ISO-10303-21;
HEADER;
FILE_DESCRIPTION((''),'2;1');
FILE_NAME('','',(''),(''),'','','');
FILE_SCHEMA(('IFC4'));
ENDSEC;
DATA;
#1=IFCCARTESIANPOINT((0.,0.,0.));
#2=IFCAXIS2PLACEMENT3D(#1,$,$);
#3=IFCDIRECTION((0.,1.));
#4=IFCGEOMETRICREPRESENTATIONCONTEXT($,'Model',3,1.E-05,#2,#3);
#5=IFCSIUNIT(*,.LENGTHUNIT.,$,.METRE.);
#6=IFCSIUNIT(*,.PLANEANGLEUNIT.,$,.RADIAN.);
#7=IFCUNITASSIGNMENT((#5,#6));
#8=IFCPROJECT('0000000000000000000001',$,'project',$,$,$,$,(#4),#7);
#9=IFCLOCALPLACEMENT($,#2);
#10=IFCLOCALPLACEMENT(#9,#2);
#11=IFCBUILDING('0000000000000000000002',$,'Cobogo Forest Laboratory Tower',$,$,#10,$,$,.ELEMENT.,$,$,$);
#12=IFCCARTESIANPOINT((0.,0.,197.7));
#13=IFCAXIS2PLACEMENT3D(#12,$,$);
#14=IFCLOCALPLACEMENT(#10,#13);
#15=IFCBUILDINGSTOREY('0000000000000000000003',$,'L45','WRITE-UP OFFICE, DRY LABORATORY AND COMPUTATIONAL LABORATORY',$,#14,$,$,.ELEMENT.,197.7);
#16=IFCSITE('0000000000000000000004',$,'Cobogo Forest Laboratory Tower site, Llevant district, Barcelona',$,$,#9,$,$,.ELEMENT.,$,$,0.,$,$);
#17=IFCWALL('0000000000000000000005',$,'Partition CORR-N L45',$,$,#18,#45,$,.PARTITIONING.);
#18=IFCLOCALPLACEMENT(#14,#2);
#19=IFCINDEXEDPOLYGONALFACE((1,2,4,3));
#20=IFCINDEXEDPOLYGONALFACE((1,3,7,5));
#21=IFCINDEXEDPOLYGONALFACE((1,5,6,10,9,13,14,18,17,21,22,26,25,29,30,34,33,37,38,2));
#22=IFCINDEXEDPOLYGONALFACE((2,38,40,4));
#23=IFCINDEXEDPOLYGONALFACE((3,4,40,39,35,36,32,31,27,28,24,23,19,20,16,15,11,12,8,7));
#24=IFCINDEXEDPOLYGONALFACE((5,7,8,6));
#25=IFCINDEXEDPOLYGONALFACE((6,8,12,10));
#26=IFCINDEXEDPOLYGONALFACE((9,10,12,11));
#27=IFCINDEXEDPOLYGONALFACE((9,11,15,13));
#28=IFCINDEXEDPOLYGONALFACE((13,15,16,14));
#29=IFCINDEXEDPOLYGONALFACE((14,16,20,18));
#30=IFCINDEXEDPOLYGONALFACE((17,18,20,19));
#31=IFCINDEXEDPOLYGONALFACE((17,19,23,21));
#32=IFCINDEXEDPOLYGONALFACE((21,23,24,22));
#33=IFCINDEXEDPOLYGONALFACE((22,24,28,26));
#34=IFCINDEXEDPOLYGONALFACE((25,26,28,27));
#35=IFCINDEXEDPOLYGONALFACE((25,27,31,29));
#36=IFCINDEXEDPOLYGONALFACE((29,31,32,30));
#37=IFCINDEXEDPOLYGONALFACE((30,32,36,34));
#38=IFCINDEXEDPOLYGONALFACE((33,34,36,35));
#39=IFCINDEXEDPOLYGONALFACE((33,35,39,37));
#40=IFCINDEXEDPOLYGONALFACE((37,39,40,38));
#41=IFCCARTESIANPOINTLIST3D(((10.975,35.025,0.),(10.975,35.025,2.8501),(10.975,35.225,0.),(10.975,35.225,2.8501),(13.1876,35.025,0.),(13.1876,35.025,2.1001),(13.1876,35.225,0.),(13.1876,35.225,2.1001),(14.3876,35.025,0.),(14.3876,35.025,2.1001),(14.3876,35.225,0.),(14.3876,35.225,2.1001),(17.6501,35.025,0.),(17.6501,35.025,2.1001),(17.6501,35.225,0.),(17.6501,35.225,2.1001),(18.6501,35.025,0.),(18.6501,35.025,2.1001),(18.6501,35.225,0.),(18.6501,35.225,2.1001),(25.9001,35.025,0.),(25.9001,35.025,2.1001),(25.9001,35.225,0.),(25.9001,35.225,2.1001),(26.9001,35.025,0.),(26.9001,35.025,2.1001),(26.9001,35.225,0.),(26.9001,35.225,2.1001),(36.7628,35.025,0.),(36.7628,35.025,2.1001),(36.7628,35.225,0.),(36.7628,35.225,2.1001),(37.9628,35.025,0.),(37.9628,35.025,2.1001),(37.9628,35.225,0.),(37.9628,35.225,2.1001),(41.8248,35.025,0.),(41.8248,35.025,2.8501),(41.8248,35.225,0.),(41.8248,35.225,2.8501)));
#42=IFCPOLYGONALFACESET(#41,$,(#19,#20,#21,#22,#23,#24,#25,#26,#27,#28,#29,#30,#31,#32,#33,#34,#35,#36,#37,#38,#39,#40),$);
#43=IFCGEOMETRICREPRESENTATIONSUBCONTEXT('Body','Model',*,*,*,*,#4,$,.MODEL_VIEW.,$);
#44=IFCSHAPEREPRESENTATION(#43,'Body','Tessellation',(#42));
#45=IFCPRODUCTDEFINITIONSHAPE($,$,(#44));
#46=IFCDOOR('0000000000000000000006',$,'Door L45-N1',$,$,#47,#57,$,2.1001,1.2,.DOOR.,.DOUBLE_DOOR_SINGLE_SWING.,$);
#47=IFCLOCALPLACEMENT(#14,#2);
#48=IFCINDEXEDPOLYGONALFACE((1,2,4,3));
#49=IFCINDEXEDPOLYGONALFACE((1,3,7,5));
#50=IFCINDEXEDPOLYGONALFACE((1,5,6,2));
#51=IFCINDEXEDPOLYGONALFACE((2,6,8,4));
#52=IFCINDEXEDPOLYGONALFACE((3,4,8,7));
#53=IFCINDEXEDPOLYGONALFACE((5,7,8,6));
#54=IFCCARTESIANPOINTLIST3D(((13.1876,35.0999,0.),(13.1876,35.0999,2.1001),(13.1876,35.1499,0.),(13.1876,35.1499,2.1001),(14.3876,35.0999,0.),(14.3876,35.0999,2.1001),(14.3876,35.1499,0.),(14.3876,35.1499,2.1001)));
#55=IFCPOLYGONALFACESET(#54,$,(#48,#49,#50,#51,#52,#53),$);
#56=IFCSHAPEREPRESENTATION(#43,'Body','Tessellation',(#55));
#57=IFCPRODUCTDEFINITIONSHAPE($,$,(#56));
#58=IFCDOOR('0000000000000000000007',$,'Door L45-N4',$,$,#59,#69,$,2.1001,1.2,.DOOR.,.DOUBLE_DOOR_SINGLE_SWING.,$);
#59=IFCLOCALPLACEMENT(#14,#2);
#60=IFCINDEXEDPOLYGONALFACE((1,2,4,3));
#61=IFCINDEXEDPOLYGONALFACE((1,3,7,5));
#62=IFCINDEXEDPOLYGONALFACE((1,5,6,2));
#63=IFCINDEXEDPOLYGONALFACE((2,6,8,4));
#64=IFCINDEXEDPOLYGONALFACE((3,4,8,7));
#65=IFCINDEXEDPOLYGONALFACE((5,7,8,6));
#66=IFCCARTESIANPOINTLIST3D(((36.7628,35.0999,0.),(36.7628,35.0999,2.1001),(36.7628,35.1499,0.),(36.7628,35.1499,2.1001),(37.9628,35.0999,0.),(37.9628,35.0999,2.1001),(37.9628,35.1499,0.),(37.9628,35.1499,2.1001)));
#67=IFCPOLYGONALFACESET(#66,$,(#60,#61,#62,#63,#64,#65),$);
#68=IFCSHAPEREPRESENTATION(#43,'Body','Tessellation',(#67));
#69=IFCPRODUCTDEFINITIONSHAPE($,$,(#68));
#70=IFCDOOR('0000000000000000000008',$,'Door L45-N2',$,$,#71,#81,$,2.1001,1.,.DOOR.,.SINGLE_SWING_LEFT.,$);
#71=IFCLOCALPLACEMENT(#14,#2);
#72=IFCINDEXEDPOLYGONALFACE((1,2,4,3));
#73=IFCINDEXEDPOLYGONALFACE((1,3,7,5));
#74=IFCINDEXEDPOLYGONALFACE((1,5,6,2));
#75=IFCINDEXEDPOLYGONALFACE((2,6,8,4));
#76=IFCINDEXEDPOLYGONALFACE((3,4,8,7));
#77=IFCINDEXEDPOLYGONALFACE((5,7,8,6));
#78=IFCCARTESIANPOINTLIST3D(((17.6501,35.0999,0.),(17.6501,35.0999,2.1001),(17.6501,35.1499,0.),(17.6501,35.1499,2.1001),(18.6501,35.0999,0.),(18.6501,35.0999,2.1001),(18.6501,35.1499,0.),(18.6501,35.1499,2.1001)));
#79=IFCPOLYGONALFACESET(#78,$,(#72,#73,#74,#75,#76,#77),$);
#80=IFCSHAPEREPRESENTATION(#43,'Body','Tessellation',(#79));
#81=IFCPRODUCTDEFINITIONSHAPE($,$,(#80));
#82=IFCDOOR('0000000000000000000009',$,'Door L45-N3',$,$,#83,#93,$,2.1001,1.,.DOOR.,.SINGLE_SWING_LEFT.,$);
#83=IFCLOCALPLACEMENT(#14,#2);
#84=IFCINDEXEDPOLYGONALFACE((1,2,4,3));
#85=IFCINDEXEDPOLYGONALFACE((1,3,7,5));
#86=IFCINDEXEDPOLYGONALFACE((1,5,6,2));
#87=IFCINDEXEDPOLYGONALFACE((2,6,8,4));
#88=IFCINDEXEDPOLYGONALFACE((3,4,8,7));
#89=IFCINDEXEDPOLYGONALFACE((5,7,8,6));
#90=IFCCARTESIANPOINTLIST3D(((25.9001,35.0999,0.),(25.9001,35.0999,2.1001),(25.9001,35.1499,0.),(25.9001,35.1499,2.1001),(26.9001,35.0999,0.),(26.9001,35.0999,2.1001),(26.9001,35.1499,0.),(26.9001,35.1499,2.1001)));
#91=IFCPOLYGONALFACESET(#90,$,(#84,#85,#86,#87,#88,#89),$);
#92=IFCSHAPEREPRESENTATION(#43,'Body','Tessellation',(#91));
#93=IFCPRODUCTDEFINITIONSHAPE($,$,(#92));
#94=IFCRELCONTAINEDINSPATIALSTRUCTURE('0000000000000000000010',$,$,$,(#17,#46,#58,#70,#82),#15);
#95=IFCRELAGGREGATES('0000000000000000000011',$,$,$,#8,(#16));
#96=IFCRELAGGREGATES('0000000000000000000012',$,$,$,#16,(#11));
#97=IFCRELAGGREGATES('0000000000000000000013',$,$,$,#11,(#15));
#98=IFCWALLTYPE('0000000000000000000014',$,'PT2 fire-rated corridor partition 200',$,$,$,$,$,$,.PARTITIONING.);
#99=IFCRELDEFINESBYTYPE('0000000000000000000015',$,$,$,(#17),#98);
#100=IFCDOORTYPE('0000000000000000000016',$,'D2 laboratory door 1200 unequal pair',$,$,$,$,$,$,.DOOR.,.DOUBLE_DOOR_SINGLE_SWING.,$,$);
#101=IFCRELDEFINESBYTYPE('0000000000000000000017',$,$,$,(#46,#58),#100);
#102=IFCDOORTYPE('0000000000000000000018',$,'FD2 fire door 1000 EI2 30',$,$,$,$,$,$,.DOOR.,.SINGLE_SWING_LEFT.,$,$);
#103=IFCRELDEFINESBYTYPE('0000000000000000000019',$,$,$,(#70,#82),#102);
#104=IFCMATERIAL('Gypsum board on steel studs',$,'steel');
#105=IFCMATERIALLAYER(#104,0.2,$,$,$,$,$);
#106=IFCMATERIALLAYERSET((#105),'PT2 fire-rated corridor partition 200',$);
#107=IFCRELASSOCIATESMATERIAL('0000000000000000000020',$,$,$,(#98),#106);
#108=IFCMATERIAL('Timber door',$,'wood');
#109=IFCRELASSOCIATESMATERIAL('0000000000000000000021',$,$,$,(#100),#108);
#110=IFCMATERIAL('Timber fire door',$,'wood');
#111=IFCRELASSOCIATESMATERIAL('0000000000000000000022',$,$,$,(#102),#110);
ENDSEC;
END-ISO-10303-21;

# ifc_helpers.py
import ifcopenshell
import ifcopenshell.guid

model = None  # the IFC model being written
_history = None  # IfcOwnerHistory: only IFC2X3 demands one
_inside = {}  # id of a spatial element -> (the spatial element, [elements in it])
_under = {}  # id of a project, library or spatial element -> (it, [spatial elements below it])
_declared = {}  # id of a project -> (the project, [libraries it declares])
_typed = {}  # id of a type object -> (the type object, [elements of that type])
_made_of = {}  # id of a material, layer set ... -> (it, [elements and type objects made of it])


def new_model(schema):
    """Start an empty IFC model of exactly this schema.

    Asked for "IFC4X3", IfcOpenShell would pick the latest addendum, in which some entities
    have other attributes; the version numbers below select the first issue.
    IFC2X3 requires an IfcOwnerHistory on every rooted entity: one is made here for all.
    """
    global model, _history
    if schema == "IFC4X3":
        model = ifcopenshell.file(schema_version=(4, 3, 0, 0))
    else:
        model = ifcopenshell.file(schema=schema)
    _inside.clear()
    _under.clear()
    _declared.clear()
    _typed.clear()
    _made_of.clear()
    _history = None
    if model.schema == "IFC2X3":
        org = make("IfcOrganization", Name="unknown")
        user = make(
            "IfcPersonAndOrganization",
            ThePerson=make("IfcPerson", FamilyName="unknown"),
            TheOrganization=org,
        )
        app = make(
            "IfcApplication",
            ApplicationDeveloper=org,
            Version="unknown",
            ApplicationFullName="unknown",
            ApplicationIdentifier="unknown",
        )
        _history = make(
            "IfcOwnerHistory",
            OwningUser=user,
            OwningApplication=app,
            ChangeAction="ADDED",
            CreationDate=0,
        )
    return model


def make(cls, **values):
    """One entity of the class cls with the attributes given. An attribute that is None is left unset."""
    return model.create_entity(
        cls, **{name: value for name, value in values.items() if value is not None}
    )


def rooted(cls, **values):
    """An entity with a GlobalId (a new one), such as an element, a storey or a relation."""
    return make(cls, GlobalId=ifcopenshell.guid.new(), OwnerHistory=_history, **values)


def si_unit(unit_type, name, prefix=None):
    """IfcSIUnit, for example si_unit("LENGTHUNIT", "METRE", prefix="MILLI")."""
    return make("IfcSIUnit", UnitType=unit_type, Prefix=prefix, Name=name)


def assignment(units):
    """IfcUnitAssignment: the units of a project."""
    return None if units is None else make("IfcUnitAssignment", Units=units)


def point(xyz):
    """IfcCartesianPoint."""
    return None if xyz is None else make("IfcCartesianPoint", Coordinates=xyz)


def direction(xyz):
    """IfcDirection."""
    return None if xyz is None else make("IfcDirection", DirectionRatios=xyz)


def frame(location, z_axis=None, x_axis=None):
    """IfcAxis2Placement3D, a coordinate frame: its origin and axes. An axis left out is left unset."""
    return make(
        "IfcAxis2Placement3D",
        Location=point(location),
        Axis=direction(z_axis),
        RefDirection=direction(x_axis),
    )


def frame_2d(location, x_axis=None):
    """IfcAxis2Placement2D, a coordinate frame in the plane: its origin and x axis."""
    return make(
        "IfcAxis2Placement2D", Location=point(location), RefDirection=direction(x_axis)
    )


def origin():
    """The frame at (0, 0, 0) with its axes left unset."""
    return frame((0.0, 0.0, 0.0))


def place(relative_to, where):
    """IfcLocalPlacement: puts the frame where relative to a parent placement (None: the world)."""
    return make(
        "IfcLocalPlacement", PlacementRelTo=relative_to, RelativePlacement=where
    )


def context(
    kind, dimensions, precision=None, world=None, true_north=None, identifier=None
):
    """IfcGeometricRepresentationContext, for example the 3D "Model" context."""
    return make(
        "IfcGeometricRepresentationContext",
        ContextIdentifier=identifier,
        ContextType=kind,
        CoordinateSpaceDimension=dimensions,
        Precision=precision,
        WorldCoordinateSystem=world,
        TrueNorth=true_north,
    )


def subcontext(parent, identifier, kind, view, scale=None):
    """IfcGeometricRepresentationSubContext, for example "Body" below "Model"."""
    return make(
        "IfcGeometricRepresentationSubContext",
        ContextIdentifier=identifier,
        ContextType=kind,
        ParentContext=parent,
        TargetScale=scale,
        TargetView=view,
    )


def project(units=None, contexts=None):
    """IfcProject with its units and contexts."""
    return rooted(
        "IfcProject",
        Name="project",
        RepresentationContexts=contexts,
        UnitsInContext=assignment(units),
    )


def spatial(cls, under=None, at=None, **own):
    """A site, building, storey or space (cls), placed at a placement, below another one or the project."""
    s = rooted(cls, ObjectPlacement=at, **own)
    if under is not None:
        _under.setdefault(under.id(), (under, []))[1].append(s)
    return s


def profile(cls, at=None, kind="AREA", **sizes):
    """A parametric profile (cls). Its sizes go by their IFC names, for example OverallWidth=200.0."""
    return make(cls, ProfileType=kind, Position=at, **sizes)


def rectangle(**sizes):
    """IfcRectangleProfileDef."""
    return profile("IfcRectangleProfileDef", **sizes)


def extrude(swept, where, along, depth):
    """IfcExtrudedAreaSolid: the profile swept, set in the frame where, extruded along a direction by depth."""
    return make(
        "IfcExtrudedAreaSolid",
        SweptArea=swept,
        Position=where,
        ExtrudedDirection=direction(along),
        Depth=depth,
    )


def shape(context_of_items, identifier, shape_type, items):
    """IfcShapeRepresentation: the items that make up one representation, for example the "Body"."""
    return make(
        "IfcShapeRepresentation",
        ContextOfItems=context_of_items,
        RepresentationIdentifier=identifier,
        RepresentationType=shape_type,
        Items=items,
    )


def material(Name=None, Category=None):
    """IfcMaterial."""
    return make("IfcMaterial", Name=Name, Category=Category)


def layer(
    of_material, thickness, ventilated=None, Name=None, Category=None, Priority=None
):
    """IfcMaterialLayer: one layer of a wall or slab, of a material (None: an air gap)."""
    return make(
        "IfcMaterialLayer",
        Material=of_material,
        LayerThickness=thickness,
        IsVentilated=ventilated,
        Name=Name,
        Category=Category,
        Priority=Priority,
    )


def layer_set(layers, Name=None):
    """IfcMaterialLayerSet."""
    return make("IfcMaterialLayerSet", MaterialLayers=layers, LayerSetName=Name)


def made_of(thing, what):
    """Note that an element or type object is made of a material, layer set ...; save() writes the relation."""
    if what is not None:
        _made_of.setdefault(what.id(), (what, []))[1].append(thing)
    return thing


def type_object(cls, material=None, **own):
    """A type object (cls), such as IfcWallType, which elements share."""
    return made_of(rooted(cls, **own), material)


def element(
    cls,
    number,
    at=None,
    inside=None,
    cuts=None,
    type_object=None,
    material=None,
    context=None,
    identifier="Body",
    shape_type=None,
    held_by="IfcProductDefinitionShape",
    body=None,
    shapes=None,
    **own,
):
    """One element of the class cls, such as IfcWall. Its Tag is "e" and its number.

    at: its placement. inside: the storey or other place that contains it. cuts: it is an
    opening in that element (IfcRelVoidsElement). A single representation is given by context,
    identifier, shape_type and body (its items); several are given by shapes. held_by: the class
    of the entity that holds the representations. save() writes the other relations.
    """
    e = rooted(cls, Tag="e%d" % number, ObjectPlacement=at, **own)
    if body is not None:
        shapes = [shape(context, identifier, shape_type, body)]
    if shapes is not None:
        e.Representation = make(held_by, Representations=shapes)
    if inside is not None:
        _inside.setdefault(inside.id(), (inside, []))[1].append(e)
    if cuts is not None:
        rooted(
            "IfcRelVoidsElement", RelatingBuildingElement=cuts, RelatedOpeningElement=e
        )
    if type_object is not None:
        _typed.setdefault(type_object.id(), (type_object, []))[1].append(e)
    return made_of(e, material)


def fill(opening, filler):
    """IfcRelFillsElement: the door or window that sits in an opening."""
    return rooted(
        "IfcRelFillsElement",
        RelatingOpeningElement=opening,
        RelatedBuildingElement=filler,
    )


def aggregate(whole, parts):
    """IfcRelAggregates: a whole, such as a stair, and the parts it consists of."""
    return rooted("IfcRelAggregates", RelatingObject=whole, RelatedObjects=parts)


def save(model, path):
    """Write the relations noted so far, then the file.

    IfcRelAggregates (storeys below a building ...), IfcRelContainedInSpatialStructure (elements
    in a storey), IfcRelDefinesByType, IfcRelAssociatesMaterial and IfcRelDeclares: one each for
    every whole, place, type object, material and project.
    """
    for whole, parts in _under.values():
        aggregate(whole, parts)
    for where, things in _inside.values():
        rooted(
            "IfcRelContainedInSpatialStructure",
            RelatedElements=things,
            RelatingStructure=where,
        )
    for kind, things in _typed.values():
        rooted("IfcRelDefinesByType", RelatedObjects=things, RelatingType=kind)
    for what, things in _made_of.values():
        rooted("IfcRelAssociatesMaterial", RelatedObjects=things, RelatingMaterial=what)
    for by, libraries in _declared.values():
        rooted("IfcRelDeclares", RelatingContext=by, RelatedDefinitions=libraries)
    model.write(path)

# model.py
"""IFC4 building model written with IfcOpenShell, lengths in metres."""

from ifc_helpers import new_model, si_unit, direction, frame, frame_2d, origin, place, context, subcontext, project, spatial, rectangle, extrude, material, layer, layer_set, type_object, element, fill, save


model = new_model("IFC4")

# Units and contexts
model_context = context("Model", 3, precision=1e-05, world=origin(), true_north=direction((0.0, 1.0)))
body_context = subcontext(model_context, "Body", "Model", "MODEL_VIEW")
ifc_project = project(units=[si_unit("LENGTHUNIT", "METRE"), si_unit("PLANEANGLEUNIT", "RADIAN")], contexts=[model_context])

# Site, building, storey
site_placement = place(None, origin())
site = spatial("IfcSite", under=ifc_project, at=site_placement, Name="Cobogo Forest Laboratory Tower site, Llevant district, Barcelona", CompositionType="ELEMENT", RefElevation=0.0)
building_placement = place(site_placement, origin())
building = spatial("IfcBuilding", under=site, at=building_placement, Name="Cobogo Forest Laboratory Tower", CompositionType="ELEMENT")
storey_placement = place(building_placement, frame((0.0, 0.0, 197.7)))
storey = spatial("IfcBuildingStorey", under=building, at=storey_placement, Name="L45", Description="WRITE-UP OFFICE, DRY LABORATORY AND COMPUTATIONAL LABORATORY", CompositionType="ELEMENT", Elevation=197.7)

# Shared definitions
ifc_material_1 = material(Name="Gypsum board on steel studs", Category="steel")

# Wall, openings, doors
ifc_layer_1 = layer(ifc_material_1, 0.2)
ifc_layer_set_1 = layer_set([ifc_layer_1], Name="PT2 fire-rated corridor partition 200")
wall_type_1 = type_object("IfcWallType", Name="PT2 fire-rated corridor partition 200", PredefinedType="PARTITIONING", material=ifc_layer_set_1)
wall_1_placement = place(storey_placement, frame((10.9751, 35.125, 0.0), z_axis=(0.0, 0.0, 1.0), x_axis=(1.0, 0.0, 0.0)))
wall_1 = element("IfcWall", 1, at=wall_1_placement, inside=storey, type_object=wall_type_1, Name="Partition CORR-N L45", PredefinedType="PARTITIONING", context=body_context, shape_type="SweptSolid", body=[
    extrude(rectangle(XDim=30.8499, YDim=0.2, at=frame_2d((15.4248, 0.0))), origin(), (0.0, 0.0, 1.0), 2.8501),
])
opening_1_placement = place(wall_1_placement, frame((2.2124, 0.0, 0.0)))
opening_1 = element("IfcOpeningElement", 2, at=opening_1_placement, cuts=wall_1, PredefinedType="OPENING", context=body_context, shape_type="SweptSolid", body=[
    extrude(rectangle(XDim=1.2, YDim=2.1001, at=frame_2d((0.6001, 1.05))), frame((0.0, 0.1099, 0.0), z_axis=(0.0, -1.0, 0.0), x_axis=(1.0, 0.0, 0.0)), (0.0, 0.0, 1.0), 0.22),
])
opening_2_placement = place(wall_1_placement, frame((6.675, 0.0, 0.0)))
opening_2 = element("IfcOpeningElement", 3, at=opening_2_placement, cuts=wall_1, PredefinedType="OPENING", context=body_context, shape_type="SweptSolid", body=[
    extrude(rectangle(XDim=1.0, YDim=2.1001, at=frame_2d((0.5, 1.05))), frame((0.0, 0.1099, 0.0), z_axis=(0.0, -1.0, 0.0), x_axis=(1.0, 0.0, 0.0)), (0.0, 0.0, 1.0), 0.22),
])
opening_3_placement = place(wall_1_placement, frame((14.925, 0.0, 0.0)))
opening_3 = element("IfcOpeningElement", 4, at=opening_3_placement, cuts=wall_1, PredefinedType="OPENING", context=body_context, shape_type="SweptSolid", body=[
    extrude(rectangle(XDim=1.0, YDim=2.1001, at=frame_2d((0.5, 1.05))), frame((0.0, 0.1099, 0.0), z_axis=(0.0, -1.0, 0.0), x_axis=(1.0, 0.0, 0.0)), (0.0, 0.0, 1.0), 0.22),
])
opening_4_placement = place(wall_1_placement, frame((25.7876, 0.0, 0.0)))
opening_4 = element("IfcOpeningElement", 5, at=opening_4_placement, cuts=wall_1, PredefinedType="OPENING", context=body_context, shape_type="SweptSolid", body=[
    extrude(rectangle(XDim=1.2, YDim=2.1001, at=frame_2d((0.6001, 1.05))), frame((0.0, 0.1099, 0.0), z_axis=(0.0, -1.0, 0.0), x_axis=(1.0, 0.0, 0.0)), (0.0, 0.0, 1.0), 0.22),
])
ifc_material_2 = material(Name="Timber door", Category="wood")
door_type_1 = type_object("IfcDoorType", Name="D2 laboratory door 1200 unequal pair", OperationType="DOUBLE_DOOR_SINGLE_SWING", PredefinedType="DOOR", material=ifc_material_2)
door_1_placement = place(opening_1_placement, origin())
door_1 = element("IfcDoor", 6, at=door_1_placement, inside=storey, type_object=door_type_1, Name="Door L45-N1", OperationType="DOUBLE_DOOR_SINGLE_SWING", OverallHeight=2.1001, OverallWidth=1.2, PredefinedType="DOOR", context=body_context, shape_type="SweptSolid", body=[
    extrude(rectangle(XDim=1.2, YDim=2.1001, at=frame_2d((0.6001, 1.05))), frame((0.0, 0.0249, 0.0), z_axis=(0.0, -1.0, 0.0), x_axis=(1.0, 0.0, 0.0)), (0.0, 0.0, 1.0), 0.05),
])
fill(opening_1, door_1)
door_2_placement = place(opening_4_placement, origin())
door_2 = element("IfcDoor", 7, at=door_2_placement, inside=storey, type_object=door_type_1, Name="Door L45-N4", OperationType="DOUBLE_DOOR_SINGLE_SWING", OverallHeight=2.1001, OverallWidth=1.2, PredefinedType="DOOR", context=body_context, shape_type="SweptSolid", body=[
    extrude(rectangle(XDim=1.2, YDim=2.1001, at=frame_2d((0.6001, 1.05))), frame((0.0, 0.0249, 0.0), z_axis=(0.0, -1.0, 0.0), x_axis=(1.0, 0.0, 0.0)), (0.0, 0.0, 1.0), 0.05),
])
fill(opening_4, door_2)
ifc_material_3 = material(Name="Timber fire door", Category="wood")
door_type_2 = type_object("IfcDoorType", Name="FD2 fire door 1000 EI2 30", OperationType="SINGLE_SWING_LEFT", PredefinedType="DOOR", material=ifc_material_3)
door_3_placement = place(opening_2_placement, origin())
door_3 = element("IfcDoor", 8, at=door_3_placement, inside=storey, type_object=door_type_2, Name="Door L45-N2", OperationType="SINGLE_SWING_LEFT", OverallHeight=2.1001, OverallWidth=1.0, PredefinedType="DOOR", context=body_context, shape_type="SweptSolid", body=[
    extrude(rectangle(XDim=1.0, YDim=2.1001, at=frame_2d((0.5, 1.05))), frame((0.0, 0.0249, 0.0), z_axis=(0.0, -1.0, 0.0), x_axis=(1.0, 0.0, 0.0)), (0.0, 0.0, 1.0), 0.05),
])
fill(opening_2, door_3)
door_4_placement = place(opening_3_placement, origin())
door_4 = element("IfcDoor", 9, at=door_4_placement, inside=storey, type_object=door_type_2, Name="Door L45-N3", OperationType="SINGLE_SWING_LEFT", OverallHeight=2.1001, OverallWidth=1.0, PredefinedType="DOOR", context=body_context, shape_type="SweptSolid", body=[
    extrude(rectangle(XDim=1.0, YDim=2.1001, at=frame_2d((0.5, 1.05))), frame((0.0, 0.0249, 0.0), z_axis=(0.0, -1.0, 0.0), x_axis=(1.0, 0.0, 0.0)), (0.0, 0.0, 1.0), 0.05),
])
fill(opening_3, door_4)

save(model, "model.ifc")
